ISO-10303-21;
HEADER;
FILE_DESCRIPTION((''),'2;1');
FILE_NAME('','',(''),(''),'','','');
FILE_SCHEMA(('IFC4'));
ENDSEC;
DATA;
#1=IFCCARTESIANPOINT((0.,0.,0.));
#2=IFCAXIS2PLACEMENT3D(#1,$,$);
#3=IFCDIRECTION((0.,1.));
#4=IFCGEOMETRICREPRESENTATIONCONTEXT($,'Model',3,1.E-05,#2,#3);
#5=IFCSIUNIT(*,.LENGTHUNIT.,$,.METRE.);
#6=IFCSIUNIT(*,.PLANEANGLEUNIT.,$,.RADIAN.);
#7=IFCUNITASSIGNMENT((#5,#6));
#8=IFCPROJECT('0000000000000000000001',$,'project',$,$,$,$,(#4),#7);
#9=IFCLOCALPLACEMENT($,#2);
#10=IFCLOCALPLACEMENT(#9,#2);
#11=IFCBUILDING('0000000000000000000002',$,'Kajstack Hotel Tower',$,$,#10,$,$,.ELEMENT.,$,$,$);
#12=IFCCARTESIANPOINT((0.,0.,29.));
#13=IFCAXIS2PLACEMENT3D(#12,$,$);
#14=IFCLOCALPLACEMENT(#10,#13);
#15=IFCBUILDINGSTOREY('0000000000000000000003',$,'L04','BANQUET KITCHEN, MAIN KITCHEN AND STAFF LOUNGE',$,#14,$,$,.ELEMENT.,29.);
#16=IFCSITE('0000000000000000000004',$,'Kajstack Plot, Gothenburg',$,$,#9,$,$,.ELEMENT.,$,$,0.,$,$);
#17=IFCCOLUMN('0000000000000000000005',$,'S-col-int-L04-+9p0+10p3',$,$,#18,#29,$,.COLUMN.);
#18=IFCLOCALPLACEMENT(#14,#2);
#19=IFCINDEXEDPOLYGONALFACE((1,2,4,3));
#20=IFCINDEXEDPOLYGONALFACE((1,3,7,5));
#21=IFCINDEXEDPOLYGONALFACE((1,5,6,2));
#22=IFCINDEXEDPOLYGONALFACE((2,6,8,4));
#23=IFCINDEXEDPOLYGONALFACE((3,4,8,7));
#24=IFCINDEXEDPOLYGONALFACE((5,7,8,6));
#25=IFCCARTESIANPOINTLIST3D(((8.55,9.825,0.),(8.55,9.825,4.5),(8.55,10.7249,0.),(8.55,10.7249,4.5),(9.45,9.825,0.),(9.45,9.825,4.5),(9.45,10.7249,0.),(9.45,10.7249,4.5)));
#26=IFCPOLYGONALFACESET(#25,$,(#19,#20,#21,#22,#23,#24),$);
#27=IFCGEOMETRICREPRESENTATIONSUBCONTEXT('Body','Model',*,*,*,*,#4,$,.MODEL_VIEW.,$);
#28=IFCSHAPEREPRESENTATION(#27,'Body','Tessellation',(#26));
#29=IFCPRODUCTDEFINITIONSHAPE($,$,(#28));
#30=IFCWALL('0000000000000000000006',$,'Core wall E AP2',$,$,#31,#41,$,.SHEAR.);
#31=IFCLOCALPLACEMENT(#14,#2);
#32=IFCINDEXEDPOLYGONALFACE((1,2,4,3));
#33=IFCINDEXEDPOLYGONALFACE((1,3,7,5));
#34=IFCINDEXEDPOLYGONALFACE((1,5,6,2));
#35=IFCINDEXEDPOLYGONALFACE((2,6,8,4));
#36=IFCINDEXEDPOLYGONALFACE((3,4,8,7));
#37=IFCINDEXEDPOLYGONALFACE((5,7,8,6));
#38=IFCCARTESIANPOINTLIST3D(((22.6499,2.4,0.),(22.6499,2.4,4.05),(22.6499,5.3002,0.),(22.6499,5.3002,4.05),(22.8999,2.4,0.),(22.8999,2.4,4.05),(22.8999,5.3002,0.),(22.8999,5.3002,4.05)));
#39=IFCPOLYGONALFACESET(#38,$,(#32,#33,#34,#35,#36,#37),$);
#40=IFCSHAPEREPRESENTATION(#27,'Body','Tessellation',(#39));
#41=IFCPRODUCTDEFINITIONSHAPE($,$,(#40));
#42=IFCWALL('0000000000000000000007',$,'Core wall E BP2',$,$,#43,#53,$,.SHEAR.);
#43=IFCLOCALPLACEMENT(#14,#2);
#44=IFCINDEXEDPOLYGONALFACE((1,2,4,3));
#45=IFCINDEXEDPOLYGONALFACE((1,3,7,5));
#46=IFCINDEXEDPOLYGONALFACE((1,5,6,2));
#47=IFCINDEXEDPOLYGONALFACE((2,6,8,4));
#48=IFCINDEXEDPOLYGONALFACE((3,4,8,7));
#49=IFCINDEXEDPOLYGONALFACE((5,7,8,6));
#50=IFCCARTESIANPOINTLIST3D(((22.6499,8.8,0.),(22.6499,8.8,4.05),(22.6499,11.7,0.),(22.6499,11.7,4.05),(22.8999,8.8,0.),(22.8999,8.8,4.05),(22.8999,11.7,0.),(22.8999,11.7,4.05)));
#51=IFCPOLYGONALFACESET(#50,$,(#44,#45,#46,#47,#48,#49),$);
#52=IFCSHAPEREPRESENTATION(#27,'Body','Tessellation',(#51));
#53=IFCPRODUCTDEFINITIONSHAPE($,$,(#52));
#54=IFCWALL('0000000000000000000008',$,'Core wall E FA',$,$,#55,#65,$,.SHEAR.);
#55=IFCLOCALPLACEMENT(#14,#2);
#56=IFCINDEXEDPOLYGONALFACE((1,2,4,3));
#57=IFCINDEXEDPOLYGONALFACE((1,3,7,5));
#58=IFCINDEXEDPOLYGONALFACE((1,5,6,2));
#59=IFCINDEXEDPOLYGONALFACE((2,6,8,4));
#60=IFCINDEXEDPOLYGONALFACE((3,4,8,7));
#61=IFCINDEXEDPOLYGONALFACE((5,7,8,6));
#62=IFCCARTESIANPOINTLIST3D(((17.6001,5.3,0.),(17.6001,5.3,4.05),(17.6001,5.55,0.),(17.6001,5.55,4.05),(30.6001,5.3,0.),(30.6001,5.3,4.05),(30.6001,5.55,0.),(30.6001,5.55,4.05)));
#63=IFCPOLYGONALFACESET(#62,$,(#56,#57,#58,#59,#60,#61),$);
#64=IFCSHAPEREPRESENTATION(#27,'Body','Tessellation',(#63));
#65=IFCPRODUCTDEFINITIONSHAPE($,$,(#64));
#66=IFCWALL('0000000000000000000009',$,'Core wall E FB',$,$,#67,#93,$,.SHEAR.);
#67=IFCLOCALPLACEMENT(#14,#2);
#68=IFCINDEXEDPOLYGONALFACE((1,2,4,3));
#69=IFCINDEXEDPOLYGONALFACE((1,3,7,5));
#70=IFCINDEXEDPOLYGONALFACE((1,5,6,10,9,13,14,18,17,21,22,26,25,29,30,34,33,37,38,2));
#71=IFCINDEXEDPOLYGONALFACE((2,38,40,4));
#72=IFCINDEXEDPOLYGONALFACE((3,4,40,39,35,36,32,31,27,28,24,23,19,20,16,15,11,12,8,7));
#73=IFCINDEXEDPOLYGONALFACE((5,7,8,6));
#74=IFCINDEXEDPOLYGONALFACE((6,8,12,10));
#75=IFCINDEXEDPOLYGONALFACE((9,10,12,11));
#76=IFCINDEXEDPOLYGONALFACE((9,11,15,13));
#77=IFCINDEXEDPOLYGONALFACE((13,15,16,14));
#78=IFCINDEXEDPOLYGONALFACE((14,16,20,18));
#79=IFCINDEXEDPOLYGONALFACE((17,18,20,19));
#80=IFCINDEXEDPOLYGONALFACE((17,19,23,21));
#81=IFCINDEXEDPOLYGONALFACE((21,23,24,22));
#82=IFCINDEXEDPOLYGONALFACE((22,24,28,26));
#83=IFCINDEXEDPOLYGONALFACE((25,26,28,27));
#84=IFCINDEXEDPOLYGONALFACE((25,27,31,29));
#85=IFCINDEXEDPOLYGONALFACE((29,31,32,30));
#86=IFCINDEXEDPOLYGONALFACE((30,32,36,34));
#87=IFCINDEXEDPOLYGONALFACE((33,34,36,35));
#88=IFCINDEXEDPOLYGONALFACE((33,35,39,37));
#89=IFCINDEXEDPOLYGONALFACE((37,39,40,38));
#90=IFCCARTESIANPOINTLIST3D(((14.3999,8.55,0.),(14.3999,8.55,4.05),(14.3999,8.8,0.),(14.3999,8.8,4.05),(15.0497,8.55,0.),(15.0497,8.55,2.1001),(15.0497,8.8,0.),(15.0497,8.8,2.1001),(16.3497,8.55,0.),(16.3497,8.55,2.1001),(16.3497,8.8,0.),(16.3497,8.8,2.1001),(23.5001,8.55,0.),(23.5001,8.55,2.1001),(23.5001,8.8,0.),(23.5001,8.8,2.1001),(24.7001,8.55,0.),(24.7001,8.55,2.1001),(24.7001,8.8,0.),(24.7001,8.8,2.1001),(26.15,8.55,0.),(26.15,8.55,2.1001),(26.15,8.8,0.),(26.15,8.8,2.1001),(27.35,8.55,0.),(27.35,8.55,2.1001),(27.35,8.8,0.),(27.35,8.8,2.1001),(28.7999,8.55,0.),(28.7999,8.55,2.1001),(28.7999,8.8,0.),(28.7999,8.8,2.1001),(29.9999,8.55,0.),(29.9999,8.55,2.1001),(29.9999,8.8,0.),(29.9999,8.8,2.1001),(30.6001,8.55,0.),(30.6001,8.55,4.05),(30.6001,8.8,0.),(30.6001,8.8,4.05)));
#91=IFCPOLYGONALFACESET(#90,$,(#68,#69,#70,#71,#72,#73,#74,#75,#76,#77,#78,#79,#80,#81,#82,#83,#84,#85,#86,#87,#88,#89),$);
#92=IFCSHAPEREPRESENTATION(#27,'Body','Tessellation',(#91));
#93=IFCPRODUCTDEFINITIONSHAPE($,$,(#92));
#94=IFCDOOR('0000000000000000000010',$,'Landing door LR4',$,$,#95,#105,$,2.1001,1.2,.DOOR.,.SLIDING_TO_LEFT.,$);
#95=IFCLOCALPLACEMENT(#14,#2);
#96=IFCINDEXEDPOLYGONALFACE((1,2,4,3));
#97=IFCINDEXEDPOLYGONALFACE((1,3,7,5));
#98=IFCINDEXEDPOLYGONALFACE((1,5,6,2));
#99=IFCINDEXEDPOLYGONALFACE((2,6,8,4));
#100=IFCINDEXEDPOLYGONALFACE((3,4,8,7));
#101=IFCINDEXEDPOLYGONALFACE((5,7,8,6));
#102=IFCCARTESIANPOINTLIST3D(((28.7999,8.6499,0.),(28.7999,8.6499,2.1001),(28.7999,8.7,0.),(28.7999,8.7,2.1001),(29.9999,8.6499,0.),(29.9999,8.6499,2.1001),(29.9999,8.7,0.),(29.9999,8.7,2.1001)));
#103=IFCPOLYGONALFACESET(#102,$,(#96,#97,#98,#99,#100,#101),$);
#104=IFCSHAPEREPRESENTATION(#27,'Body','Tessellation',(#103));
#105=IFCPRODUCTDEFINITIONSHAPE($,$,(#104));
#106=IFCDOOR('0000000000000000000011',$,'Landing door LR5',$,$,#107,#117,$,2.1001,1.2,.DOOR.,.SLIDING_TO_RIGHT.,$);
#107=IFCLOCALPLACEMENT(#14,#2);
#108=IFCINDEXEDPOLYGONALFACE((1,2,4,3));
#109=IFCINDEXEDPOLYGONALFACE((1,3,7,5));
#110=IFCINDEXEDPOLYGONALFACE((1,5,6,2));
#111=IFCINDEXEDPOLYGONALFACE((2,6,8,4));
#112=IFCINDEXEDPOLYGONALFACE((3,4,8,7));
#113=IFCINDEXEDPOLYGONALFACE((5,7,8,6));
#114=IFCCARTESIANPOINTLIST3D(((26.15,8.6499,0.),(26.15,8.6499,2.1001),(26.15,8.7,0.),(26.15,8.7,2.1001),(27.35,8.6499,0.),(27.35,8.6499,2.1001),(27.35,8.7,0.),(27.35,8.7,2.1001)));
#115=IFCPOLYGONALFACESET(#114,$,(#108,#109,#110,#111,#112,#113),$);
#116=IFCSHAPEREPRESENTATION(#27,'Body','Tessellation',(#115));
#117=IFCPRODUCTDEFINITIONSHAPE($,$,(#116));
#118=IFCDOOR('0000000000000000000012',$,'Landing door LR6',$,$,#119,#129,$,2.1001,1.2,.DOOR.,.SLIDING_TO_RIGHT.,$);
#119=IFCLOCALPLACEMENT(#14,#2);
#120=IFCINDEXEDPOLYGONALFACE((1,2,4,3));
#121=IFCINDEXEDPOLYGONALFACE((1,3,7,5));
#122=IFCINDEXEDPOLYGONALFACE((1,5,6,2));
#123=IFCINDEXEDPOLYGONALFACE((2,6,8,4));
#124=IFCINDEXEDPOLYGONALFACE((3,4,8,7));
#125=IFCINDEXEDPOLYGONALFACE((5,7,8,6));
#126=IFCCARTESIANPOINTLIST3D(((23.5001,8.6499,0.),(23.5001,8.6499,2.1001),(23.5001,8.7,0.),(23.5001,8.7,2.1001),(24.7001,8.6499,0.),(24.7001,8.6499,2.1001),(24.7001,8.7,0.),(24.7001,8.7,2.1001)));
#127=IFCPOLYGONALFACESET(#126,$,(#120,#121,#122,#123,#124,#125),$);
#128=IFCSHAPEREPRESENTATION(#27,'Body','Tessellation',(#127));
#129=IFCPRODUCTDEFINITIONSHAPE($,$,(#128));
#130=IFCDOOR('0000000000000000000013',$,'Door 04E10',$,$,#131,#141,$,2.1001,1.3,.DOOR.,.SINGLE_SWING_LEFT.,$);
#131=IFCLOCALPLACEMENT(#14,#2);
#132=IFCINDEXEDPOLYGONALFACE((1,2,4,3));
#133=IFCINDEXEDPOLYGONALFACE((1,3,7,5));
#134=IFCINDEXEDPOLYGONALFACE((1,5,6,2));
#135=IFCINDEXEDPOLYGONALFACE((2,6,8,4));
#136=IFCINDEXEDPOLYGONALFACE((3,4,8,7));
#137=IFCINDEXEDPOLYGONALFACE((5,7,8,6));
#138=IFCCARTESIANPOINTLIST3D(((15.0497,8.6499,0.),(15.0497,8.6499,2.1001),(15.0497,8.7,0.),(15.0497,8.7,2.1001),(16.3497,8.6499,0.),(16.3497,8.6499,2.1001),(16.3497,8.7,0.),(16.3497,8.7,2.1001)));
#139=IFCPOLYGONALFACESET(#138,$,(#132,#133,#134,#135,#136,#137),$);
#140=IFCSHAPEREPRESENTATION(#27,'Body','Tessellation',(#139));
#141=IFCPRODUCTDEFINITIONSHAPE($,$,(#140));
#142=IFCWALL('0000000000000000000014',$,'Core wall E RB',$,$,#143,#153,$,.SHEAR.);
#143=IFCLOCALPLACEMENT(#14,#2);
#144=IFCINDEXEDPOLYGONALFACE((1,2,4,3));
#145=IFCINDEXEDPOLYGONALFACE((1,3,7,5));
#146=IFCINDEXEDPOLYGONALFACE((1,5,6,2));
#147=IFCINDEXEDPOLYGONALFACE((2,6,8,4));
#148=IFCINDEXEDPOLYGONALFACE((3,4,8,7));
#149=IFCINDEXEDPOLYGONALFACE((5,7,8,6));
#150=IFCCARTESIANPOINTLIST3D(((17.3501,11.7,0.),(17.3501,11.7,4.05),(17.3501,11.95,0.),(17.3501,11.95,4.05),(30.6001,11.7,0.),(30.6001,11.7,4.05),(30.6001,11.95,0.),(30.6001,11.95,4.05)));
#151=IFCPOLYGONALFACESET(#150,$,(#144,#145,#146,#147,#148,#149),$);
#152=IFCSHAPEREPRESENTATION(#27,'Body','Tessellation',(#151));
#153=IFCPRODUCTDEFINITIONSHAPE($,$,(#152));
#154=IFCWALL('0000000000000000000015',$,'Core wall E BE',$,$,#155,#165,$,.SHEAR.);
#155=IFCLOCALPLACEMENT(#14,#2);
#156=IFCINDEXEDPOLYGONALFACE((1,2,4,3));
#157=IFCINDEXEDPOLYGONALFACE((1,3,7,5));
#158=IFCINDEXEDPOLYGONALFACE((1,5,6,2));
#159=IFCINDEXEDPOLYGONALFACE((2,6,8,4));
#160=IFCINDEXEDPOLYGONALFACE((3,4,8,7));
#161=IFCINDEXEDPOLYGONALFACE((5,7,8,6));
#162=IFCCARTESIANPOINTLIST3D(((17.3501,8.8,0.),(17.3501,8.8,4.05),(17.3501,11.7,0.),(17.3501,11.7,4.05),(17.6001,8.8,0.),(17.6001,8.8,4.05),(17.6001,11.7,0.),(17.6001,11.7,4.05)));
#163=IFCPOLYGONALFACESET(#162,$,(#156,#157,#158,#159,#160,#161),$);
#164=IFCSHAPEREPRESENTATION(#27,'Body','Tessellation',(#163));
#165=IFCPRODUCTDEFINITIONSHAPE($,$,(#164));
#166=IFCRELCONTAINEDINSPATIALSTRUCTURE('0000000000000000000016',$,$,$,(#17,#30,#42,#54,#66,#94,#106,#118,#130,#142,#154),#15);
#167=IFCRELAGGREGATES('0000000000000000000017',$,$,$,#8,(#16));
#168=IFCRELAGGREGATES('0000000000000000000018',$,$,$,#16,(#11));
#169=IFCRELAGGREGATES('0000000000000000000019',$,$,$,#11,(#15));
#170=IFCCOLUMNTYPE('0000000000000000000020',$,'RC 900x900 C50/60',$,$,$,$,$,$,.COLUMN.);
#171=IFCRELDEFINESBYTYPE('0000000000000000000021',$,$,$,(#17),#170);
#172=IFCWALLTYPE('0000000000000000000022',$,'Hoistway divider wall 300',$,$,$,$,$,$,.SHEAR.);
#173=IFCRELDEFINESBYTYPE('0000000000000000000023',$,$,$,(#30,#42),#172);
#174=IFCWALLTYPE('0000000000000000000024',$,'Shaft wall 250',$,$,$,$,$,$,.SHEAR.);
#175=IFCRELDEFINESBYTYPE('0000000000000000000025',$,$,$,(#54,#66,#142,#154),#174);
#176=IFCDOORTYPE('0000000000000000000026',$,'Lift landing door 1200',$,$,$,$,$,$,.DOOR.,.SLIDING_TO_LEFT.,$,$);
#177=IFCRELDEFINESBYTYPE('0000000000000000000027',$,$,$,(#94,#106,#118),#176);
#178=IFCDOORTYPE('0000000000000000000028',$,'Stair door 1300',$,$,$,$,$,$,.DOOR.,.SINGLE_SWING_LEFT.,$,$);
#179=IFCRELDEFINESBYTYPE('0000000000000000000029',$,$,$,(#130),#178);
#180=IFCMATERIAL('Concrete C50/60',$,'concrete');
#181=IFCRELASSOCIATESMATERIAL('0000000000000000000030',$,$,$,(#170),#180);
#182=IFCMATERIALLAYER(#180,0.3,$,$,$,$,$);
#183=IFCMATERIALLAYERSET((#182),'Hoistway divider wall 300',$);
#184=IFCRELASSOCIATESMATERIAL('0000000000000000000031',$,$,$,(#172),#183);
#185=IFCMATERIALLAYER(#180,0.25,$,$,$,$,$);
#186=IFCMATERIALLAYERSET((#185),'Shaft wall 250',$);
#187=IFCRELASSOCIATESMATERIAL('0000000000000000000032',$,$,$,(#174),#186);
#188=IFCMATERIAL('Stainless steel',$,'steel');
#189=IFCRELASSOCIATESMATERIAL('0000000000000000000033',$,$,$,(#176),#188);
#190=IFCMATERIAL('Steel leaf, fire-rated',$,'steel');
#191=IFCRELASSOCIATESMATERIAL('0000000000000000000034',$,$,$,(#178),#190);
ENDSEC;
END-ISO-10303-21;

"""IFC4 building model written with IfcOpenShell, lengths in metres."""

from ifc_helpers import new_model, si_unit, direction, frame, frame_2d, origin, origin_2d, place, context, subcontext, project, spatial, rectangle, extrude, material, layer, layer_set, material_profile, profile_set, type_object, element, fill, save


model = new_model("IFC4")

# Units and contexts
model_context = context("Model", 3, precision=1e-05, world=origin(), true_north=direction((0.0, 1.0)))
body_context = subcontext(model_context, "Body", "Model", "MODEL_VIEW")
ifc_project = project(units=[si_unit("LENGTHUNIT", "METRE"), si_unit("PLANEANGLEUNIT", "RADIAN")], contexts=[model_context])

# Site, building, storey
site_placement = place(None, origin())
site = spatial("IfcSite", under=ifc_project, at=site_placement, Name="Kajstack Plot, Gothenburg", CompositionType="ELEMENT", RefElevation=0.0)
building_placement = place(site_placement, origin())
building = spatial("IfcBuilding", under=site, at=building_placement, Name="Kajstack Hotel Tower", CompositionType="ELEMENT")
storey_placement = place(building_placement, frame((0.0, 0.0, 29.0)))
storey = spatial("IfcBuildingStorey", under=building, at=storey_placement, Name="L04", Description="BANQUET KITCHEN, MAIN KITCHEN AND STAFF LOUNGE", CompositionType="ELEMENT", Elevation=29.0)

# Column
ifc_material_1 = material(Name="Concrete C50/60", Category="concrete")
ifc_material_profile = material_profile(ifc_material_1, rectangle(XDim=0.8999, YDim=0.8999, at=origin_2d()), Name="RC 900x900")
ifc_profile_set = profile_set([ifc_material_profile], Name="Concrete C50/60")
column_type = type_object("IfcColumnType", Name="RC 900x900 C50/60", PredefinedType="COLUMN", material=ifc_profile_set)
column_placement = place(storey_placement, frame((9.0, 10.2749, 0.0), z_axis=(0.0, 0.0, 1.0), x_axis=(1.0, 0.0, 0.0)))
element("IfcColumn", 1, at=column_placement, inside=storey, type_object=column_type, Name="S-col-int-L04-+9p0+10p3", PredefinedType="COLUMN", context=body_context, shape_type="SweptSolid", body=[
    extrude(rectangle(XDim=0.8999, YDim=0.8999, at=origin_2d()), origin(), (0.0, 0.0, 1.0), 4.5),
])

# Walls
ifc_layer_1 = layer(ifc_material_1, 0.3)
ifc_layer_set_1 = layer_set([ifc_layer_1], Name="Hoistway divider wall 300")
wall_type_1 = type_object("IfcWallType", Name="Hoistway divider wall 300", PredefinedType="SHEAR", material=ifc_layer_set_1)
wall_1_placement = place(storey_placement, frame((22.7749, 2.3999, 0.0), z_axis=(0.0, 0.0, 1.0), x_axis=(0.0, 1.0, 0.0)))
element("IfcWall", 2, at=wall_1_placement, inside=storey, type_object=wall_type_1, Name="Core wall E AP2", PredefinedType="SHEAR", context=body_context, shape_type="SweptSolid", body=[
    extrude(rectangle(XDim=2.9001, YDim=0.25, at=frame_2d((1.4502, 0.0))), origin(), (0.0, 0.0, 1.0), 4.05),
])
wall_2_placement = place(storey_placement, frame((22.7749, 8.8, 0.0), z_axis=(0.0, 0.0, 1.0), x_axis=(0.0, 1.0, 0.0)))
element("IfcWall", 3, at=wall_2_placement, inside=storey, type_object=wall_type_1, Name="Core wall E BP2", PredefinedType="SHEAR", context=body_context, shape_type="SweptSolid", body=[
    extrude(rectangle(XDim=2.8999, YDim=0.25, at=frame_2d((1.45, 0.0))), origin(), (0.0, 0.0, 1.0), 4.05),
])
ifc_layer_2 = layer(ifc_material_1, 0.25)
ifc_layer_set_2 = layer_set([ifc_layer_2], Name="Shaft wall 250")
wall_type_2 = type_object("IfcWallType", Name="Shaft wall 250", PredefinedType="SHEAR", material=ifc_layer_set_2)
wall_3_placement = place(storey_placement, frame((17.6001, 5.425, 0.0), z_axis=(0.0, 0.0, 1.0), x_axis=(1.0, 0.0, 0.0)))
element("IfcWall", 4, at=wall_3_placement, inside=storey, type_object=wall_type_2, Name="Core wall E FA", PredefinedType="SHEAR", context=body_context, shape_type="SweptSolid", body=[
    extrude(rectangle(XDim=13.0, YDim=0.25, at=frame_2d((6.5, 0.0))), origin(), (0.0, 0.0, 1.0), 4.05),
])

# Wall, openings, doors
wall_4_placement = place(storey_placement, frame((14.3999, 8.675, 0.0), z_axis=(0.0, 0.0, 1.0), x_axis=(1.0, 0.0, 0.0)))
wall_4 = element("IfcWall", 5, at=wall_4_placement, inside=storey, type_object=wall_type_2, Name="Core wall E FB", PredefinedType="SHEAR", context=body_context, shape_type="SweptSolid", body=[
    extrude(rectangle(XDim=16.2002, YDim=0.25, at=frame_2d((8.1001, 0.0))), origin(), (0.0, 0.0, 1.0), 4.05),
])
opening_1_placement = place(wall_4_placement, frame((14.3999, 0.0, 0.0)))
opening_1 = element("IfcOpeningElement", 6, at=opening_1_placement, cuts=wall_4, PredefinedType="OPENING", context=body_context, shape_type="SweptSolid", body=[
    extrude(rectangle(XDim=1.2, YDim=2.1001, at=frame_2d((0.6001, 1.05))), frame((0.0, 0.135, 0.0), z_axis=(0.0, -1.0, 0.0), x_axis=(1.0, 0.0, 0.0)), (0.0, 0.0, 1.0), 0.27),
])
opening_2_placement = place(wall_4_placement, frame((11.75, 0.0, 0.0)))
opening_2 = element("IfcOpeningElement", 7, at=opening_2_placement, cuts=wall_4, PredefinedType="OPENING", context=body_context, shape_type="SweptSolid", body=[
    extrude(rectangle(XDim=1.2, YDim=2.1001, at=frame_2d((0.6001, 1.05))), frame((0.0, 0.135, 0.0), z_axis=(0.0, -1.0, 0.0), x_axis=(1.0, 0.0, 0.0)), (0.0, 0.0, 1.0), 0.27),
])
opening_3_placement = place(wall_4_placement, frame((9.1001, 0.0, 0.0)))
opening_3 = element("IfcOpeningElement", 8, at=opening_3_placement, cuts=wall_4, PredefinedType="OPENING", context=body_context, shape_type="SweptSolid", body=[
    extrude(rectangle(XDim=1.2, YDim=2.1001, at=frame_2d((0.6001, 1.05))), frame((0.0, 0.135, 0.0), z_axis=(0.0, -1.0, 0.0), x_axis=(1.0, 0.0, 0.0)), (0.0, 0.0, 1.0), 0.27),
])
opening_4_placement = place(wall_4_placement, frame((0.6499, 0.0, 0.0)))
opening_4 = element("IfcOpeningElement", 9, at=opening_4_placement, cuts=wall_4, PredefinedType="OPENING", context=body_context, shape_type="SweptSolid", body=[
    extrude(rectangle(XDim=1.3, YDim=2.1001, at=frame_2d((0.6499, 1.05))), frame((0.0, 0.135, 0.0), z_axis=(0.0, -1.0, 0.0), x_axis=(1.0, 0.0, 0.0)), (0.0, 0.0, 1.0), 0.27),
])
ifc_material_2 = material(Name="Stainless steel", Category="steel")
door_type_1 = type_object("IfcDoorType", Name="Lift landing door 1200", OperationType="SLIDING_TO_LEFT", PredefinedType="DOOR", material=ifc_material_2)
door_1_placement = place(opening_1_placement, origin())
door_1 = element("IfcDoor", 10, at=door_1_placement, inside=storey, type_object=door_type_1, Name="Landing door LR4", OperationType="SLIDING_TO_LEFT", OverallHeight=2.1001, OverallWidth=1.2, PredefinedType="DOOR", context=body_context, shape_type="SweptSolid", body=[
    extrude(rectangle(XDim=1.2, YDim=2.1001, at=frame_2d((0.6001, 1.05))), frame((0.0, 0.0249, 0.0), z_axis=(0.0, -1.0, 0.0), x_axis=(1.0, 0.0, 0.0)), (0.0, 0.0, 1.0), 0.05),
])
fill(opening_1, door_1)
door_2_placement = place(opening_2_placement, origin())
door_2 = element("IfcDoor", 11, at=door_2_placement, inside=storey, type_object=door_type_1, Name="Landing door LR5", OperationType="SLIDING_TO_RIGHT", OverallHeight=2.1001, OverallWidth=1.2, PredefinedType="DOOR", context=body_context, shape_type="SweptSolid", body=[
    extrude(rectangle(XDim=1.2, YDim=2.1001, at=frame_2d((0.6001, 1.05))), frame((0.0, 0.0249, 0.0), z_axis=(0.0, -1.0, 0.0), x_axis=(1.0, 0.0, 0.0)), (0.0, 0.0, 1.0), 0.05),
])
fill(opening_2, door_2)
door_3_placement = place(opening_3_placement, origin())
door_3 = element("IfcDoor", 12, at=door_3_placement, inside=storey, type_object=door_type_1, Name="Landing door LR6", OperationType="SLIDING_TO_RIGHT", OverallHeight=2.1001, OverallWidth=1.2, PredefinedType="DOOR", context=body_context, shape_type="SweptSolid", body=[
    extrude(rectangle(XDim=1.2, YDim=2.1001, at=frame_2d((0.6001, 1.05))), frame((0.0, 0.0249, 0.0), z_axis=(0.0, -1.0, 0.0), x_axis=(1.0, 0.0, 0.0)), (0.0, 0.0, 1.0), 0.05),
])
fill(opening_3, door_3)
ifc_material_3 = material(Name="Steel leaf, fire-rated", Category="steel")
door_type_2 = type_object("IfcDoorType", Name="Stair door 1300", OperationType="SINGLE_SWING_LEFT", PredefinedType="DOOR", material=ifc_material_3)
door_4_placement = place(opening_4_placement, origin())
door_4 = element("IfcDoor", 13, at=door_4_placement, inside=storey, type_object=door_type_2, Name="Door 04E10", OperationType="SINGLE_SWING_LEFT", OverallHeight=2.1001, OverallWidth=1.3, PredefinedType="DOOR", context=body_context, shape_type="SweptSolid", body=[
    extrude(rectangle(XDim=1.3, YDim=2.1001, at=frame_2d((0.6499, 1.05))), frame((0.0, 0.0249, 0.0), z_axis=(0.0, -1.0, 0.0), x_axis=(1.0, 0.0, 0.0)), (0.0, 0.0, 1.0), 0.05),
])
fill(opening_4, door_4)

# Walls
wall_5_placement = place(storey_placement, frame((17.3501, 11.825, 0.0), z_axis=(0.0, 0.0, 1.0), x_axis=(1.0, 0.0, 0.0)))
element("IfcWall", 14, at=wall_5_placement, inside=storey, type_object=wall_type_2, Name="Core wall E RB", PredefinedType="SHEAR", context=body_context, shape_type="SweptSolid", body=[
    extrude(rectangle(XDim=13.25, YDim=0.25, at=frame_2d((6.625, 0.0))), origin(), (0.0, 0.0, 1.0), 4.05),
])
wall_6_placement = place(storey_placement, frame((17.4751, 8.8, 0.0), z_axis=(0.0, 0.0, 1.0), x_axis=(0.0, 1.0, 0.0)))
element("IfcWall", 15, at=wall_6_placement, inside=storey, type_object=wall_type_2, Name="Core wall E BE", PredefinedType="SHEAR", context=body_context, shape_type="SweptSolid", body=[
    extrude(rectangle(XDim=2.8999, YDim=0.25, at=frame_2d((1.45, 0.0))), origin(), (0.0, 0.0, 1.0), 4.05),
])

save(model, "model.ifc")
